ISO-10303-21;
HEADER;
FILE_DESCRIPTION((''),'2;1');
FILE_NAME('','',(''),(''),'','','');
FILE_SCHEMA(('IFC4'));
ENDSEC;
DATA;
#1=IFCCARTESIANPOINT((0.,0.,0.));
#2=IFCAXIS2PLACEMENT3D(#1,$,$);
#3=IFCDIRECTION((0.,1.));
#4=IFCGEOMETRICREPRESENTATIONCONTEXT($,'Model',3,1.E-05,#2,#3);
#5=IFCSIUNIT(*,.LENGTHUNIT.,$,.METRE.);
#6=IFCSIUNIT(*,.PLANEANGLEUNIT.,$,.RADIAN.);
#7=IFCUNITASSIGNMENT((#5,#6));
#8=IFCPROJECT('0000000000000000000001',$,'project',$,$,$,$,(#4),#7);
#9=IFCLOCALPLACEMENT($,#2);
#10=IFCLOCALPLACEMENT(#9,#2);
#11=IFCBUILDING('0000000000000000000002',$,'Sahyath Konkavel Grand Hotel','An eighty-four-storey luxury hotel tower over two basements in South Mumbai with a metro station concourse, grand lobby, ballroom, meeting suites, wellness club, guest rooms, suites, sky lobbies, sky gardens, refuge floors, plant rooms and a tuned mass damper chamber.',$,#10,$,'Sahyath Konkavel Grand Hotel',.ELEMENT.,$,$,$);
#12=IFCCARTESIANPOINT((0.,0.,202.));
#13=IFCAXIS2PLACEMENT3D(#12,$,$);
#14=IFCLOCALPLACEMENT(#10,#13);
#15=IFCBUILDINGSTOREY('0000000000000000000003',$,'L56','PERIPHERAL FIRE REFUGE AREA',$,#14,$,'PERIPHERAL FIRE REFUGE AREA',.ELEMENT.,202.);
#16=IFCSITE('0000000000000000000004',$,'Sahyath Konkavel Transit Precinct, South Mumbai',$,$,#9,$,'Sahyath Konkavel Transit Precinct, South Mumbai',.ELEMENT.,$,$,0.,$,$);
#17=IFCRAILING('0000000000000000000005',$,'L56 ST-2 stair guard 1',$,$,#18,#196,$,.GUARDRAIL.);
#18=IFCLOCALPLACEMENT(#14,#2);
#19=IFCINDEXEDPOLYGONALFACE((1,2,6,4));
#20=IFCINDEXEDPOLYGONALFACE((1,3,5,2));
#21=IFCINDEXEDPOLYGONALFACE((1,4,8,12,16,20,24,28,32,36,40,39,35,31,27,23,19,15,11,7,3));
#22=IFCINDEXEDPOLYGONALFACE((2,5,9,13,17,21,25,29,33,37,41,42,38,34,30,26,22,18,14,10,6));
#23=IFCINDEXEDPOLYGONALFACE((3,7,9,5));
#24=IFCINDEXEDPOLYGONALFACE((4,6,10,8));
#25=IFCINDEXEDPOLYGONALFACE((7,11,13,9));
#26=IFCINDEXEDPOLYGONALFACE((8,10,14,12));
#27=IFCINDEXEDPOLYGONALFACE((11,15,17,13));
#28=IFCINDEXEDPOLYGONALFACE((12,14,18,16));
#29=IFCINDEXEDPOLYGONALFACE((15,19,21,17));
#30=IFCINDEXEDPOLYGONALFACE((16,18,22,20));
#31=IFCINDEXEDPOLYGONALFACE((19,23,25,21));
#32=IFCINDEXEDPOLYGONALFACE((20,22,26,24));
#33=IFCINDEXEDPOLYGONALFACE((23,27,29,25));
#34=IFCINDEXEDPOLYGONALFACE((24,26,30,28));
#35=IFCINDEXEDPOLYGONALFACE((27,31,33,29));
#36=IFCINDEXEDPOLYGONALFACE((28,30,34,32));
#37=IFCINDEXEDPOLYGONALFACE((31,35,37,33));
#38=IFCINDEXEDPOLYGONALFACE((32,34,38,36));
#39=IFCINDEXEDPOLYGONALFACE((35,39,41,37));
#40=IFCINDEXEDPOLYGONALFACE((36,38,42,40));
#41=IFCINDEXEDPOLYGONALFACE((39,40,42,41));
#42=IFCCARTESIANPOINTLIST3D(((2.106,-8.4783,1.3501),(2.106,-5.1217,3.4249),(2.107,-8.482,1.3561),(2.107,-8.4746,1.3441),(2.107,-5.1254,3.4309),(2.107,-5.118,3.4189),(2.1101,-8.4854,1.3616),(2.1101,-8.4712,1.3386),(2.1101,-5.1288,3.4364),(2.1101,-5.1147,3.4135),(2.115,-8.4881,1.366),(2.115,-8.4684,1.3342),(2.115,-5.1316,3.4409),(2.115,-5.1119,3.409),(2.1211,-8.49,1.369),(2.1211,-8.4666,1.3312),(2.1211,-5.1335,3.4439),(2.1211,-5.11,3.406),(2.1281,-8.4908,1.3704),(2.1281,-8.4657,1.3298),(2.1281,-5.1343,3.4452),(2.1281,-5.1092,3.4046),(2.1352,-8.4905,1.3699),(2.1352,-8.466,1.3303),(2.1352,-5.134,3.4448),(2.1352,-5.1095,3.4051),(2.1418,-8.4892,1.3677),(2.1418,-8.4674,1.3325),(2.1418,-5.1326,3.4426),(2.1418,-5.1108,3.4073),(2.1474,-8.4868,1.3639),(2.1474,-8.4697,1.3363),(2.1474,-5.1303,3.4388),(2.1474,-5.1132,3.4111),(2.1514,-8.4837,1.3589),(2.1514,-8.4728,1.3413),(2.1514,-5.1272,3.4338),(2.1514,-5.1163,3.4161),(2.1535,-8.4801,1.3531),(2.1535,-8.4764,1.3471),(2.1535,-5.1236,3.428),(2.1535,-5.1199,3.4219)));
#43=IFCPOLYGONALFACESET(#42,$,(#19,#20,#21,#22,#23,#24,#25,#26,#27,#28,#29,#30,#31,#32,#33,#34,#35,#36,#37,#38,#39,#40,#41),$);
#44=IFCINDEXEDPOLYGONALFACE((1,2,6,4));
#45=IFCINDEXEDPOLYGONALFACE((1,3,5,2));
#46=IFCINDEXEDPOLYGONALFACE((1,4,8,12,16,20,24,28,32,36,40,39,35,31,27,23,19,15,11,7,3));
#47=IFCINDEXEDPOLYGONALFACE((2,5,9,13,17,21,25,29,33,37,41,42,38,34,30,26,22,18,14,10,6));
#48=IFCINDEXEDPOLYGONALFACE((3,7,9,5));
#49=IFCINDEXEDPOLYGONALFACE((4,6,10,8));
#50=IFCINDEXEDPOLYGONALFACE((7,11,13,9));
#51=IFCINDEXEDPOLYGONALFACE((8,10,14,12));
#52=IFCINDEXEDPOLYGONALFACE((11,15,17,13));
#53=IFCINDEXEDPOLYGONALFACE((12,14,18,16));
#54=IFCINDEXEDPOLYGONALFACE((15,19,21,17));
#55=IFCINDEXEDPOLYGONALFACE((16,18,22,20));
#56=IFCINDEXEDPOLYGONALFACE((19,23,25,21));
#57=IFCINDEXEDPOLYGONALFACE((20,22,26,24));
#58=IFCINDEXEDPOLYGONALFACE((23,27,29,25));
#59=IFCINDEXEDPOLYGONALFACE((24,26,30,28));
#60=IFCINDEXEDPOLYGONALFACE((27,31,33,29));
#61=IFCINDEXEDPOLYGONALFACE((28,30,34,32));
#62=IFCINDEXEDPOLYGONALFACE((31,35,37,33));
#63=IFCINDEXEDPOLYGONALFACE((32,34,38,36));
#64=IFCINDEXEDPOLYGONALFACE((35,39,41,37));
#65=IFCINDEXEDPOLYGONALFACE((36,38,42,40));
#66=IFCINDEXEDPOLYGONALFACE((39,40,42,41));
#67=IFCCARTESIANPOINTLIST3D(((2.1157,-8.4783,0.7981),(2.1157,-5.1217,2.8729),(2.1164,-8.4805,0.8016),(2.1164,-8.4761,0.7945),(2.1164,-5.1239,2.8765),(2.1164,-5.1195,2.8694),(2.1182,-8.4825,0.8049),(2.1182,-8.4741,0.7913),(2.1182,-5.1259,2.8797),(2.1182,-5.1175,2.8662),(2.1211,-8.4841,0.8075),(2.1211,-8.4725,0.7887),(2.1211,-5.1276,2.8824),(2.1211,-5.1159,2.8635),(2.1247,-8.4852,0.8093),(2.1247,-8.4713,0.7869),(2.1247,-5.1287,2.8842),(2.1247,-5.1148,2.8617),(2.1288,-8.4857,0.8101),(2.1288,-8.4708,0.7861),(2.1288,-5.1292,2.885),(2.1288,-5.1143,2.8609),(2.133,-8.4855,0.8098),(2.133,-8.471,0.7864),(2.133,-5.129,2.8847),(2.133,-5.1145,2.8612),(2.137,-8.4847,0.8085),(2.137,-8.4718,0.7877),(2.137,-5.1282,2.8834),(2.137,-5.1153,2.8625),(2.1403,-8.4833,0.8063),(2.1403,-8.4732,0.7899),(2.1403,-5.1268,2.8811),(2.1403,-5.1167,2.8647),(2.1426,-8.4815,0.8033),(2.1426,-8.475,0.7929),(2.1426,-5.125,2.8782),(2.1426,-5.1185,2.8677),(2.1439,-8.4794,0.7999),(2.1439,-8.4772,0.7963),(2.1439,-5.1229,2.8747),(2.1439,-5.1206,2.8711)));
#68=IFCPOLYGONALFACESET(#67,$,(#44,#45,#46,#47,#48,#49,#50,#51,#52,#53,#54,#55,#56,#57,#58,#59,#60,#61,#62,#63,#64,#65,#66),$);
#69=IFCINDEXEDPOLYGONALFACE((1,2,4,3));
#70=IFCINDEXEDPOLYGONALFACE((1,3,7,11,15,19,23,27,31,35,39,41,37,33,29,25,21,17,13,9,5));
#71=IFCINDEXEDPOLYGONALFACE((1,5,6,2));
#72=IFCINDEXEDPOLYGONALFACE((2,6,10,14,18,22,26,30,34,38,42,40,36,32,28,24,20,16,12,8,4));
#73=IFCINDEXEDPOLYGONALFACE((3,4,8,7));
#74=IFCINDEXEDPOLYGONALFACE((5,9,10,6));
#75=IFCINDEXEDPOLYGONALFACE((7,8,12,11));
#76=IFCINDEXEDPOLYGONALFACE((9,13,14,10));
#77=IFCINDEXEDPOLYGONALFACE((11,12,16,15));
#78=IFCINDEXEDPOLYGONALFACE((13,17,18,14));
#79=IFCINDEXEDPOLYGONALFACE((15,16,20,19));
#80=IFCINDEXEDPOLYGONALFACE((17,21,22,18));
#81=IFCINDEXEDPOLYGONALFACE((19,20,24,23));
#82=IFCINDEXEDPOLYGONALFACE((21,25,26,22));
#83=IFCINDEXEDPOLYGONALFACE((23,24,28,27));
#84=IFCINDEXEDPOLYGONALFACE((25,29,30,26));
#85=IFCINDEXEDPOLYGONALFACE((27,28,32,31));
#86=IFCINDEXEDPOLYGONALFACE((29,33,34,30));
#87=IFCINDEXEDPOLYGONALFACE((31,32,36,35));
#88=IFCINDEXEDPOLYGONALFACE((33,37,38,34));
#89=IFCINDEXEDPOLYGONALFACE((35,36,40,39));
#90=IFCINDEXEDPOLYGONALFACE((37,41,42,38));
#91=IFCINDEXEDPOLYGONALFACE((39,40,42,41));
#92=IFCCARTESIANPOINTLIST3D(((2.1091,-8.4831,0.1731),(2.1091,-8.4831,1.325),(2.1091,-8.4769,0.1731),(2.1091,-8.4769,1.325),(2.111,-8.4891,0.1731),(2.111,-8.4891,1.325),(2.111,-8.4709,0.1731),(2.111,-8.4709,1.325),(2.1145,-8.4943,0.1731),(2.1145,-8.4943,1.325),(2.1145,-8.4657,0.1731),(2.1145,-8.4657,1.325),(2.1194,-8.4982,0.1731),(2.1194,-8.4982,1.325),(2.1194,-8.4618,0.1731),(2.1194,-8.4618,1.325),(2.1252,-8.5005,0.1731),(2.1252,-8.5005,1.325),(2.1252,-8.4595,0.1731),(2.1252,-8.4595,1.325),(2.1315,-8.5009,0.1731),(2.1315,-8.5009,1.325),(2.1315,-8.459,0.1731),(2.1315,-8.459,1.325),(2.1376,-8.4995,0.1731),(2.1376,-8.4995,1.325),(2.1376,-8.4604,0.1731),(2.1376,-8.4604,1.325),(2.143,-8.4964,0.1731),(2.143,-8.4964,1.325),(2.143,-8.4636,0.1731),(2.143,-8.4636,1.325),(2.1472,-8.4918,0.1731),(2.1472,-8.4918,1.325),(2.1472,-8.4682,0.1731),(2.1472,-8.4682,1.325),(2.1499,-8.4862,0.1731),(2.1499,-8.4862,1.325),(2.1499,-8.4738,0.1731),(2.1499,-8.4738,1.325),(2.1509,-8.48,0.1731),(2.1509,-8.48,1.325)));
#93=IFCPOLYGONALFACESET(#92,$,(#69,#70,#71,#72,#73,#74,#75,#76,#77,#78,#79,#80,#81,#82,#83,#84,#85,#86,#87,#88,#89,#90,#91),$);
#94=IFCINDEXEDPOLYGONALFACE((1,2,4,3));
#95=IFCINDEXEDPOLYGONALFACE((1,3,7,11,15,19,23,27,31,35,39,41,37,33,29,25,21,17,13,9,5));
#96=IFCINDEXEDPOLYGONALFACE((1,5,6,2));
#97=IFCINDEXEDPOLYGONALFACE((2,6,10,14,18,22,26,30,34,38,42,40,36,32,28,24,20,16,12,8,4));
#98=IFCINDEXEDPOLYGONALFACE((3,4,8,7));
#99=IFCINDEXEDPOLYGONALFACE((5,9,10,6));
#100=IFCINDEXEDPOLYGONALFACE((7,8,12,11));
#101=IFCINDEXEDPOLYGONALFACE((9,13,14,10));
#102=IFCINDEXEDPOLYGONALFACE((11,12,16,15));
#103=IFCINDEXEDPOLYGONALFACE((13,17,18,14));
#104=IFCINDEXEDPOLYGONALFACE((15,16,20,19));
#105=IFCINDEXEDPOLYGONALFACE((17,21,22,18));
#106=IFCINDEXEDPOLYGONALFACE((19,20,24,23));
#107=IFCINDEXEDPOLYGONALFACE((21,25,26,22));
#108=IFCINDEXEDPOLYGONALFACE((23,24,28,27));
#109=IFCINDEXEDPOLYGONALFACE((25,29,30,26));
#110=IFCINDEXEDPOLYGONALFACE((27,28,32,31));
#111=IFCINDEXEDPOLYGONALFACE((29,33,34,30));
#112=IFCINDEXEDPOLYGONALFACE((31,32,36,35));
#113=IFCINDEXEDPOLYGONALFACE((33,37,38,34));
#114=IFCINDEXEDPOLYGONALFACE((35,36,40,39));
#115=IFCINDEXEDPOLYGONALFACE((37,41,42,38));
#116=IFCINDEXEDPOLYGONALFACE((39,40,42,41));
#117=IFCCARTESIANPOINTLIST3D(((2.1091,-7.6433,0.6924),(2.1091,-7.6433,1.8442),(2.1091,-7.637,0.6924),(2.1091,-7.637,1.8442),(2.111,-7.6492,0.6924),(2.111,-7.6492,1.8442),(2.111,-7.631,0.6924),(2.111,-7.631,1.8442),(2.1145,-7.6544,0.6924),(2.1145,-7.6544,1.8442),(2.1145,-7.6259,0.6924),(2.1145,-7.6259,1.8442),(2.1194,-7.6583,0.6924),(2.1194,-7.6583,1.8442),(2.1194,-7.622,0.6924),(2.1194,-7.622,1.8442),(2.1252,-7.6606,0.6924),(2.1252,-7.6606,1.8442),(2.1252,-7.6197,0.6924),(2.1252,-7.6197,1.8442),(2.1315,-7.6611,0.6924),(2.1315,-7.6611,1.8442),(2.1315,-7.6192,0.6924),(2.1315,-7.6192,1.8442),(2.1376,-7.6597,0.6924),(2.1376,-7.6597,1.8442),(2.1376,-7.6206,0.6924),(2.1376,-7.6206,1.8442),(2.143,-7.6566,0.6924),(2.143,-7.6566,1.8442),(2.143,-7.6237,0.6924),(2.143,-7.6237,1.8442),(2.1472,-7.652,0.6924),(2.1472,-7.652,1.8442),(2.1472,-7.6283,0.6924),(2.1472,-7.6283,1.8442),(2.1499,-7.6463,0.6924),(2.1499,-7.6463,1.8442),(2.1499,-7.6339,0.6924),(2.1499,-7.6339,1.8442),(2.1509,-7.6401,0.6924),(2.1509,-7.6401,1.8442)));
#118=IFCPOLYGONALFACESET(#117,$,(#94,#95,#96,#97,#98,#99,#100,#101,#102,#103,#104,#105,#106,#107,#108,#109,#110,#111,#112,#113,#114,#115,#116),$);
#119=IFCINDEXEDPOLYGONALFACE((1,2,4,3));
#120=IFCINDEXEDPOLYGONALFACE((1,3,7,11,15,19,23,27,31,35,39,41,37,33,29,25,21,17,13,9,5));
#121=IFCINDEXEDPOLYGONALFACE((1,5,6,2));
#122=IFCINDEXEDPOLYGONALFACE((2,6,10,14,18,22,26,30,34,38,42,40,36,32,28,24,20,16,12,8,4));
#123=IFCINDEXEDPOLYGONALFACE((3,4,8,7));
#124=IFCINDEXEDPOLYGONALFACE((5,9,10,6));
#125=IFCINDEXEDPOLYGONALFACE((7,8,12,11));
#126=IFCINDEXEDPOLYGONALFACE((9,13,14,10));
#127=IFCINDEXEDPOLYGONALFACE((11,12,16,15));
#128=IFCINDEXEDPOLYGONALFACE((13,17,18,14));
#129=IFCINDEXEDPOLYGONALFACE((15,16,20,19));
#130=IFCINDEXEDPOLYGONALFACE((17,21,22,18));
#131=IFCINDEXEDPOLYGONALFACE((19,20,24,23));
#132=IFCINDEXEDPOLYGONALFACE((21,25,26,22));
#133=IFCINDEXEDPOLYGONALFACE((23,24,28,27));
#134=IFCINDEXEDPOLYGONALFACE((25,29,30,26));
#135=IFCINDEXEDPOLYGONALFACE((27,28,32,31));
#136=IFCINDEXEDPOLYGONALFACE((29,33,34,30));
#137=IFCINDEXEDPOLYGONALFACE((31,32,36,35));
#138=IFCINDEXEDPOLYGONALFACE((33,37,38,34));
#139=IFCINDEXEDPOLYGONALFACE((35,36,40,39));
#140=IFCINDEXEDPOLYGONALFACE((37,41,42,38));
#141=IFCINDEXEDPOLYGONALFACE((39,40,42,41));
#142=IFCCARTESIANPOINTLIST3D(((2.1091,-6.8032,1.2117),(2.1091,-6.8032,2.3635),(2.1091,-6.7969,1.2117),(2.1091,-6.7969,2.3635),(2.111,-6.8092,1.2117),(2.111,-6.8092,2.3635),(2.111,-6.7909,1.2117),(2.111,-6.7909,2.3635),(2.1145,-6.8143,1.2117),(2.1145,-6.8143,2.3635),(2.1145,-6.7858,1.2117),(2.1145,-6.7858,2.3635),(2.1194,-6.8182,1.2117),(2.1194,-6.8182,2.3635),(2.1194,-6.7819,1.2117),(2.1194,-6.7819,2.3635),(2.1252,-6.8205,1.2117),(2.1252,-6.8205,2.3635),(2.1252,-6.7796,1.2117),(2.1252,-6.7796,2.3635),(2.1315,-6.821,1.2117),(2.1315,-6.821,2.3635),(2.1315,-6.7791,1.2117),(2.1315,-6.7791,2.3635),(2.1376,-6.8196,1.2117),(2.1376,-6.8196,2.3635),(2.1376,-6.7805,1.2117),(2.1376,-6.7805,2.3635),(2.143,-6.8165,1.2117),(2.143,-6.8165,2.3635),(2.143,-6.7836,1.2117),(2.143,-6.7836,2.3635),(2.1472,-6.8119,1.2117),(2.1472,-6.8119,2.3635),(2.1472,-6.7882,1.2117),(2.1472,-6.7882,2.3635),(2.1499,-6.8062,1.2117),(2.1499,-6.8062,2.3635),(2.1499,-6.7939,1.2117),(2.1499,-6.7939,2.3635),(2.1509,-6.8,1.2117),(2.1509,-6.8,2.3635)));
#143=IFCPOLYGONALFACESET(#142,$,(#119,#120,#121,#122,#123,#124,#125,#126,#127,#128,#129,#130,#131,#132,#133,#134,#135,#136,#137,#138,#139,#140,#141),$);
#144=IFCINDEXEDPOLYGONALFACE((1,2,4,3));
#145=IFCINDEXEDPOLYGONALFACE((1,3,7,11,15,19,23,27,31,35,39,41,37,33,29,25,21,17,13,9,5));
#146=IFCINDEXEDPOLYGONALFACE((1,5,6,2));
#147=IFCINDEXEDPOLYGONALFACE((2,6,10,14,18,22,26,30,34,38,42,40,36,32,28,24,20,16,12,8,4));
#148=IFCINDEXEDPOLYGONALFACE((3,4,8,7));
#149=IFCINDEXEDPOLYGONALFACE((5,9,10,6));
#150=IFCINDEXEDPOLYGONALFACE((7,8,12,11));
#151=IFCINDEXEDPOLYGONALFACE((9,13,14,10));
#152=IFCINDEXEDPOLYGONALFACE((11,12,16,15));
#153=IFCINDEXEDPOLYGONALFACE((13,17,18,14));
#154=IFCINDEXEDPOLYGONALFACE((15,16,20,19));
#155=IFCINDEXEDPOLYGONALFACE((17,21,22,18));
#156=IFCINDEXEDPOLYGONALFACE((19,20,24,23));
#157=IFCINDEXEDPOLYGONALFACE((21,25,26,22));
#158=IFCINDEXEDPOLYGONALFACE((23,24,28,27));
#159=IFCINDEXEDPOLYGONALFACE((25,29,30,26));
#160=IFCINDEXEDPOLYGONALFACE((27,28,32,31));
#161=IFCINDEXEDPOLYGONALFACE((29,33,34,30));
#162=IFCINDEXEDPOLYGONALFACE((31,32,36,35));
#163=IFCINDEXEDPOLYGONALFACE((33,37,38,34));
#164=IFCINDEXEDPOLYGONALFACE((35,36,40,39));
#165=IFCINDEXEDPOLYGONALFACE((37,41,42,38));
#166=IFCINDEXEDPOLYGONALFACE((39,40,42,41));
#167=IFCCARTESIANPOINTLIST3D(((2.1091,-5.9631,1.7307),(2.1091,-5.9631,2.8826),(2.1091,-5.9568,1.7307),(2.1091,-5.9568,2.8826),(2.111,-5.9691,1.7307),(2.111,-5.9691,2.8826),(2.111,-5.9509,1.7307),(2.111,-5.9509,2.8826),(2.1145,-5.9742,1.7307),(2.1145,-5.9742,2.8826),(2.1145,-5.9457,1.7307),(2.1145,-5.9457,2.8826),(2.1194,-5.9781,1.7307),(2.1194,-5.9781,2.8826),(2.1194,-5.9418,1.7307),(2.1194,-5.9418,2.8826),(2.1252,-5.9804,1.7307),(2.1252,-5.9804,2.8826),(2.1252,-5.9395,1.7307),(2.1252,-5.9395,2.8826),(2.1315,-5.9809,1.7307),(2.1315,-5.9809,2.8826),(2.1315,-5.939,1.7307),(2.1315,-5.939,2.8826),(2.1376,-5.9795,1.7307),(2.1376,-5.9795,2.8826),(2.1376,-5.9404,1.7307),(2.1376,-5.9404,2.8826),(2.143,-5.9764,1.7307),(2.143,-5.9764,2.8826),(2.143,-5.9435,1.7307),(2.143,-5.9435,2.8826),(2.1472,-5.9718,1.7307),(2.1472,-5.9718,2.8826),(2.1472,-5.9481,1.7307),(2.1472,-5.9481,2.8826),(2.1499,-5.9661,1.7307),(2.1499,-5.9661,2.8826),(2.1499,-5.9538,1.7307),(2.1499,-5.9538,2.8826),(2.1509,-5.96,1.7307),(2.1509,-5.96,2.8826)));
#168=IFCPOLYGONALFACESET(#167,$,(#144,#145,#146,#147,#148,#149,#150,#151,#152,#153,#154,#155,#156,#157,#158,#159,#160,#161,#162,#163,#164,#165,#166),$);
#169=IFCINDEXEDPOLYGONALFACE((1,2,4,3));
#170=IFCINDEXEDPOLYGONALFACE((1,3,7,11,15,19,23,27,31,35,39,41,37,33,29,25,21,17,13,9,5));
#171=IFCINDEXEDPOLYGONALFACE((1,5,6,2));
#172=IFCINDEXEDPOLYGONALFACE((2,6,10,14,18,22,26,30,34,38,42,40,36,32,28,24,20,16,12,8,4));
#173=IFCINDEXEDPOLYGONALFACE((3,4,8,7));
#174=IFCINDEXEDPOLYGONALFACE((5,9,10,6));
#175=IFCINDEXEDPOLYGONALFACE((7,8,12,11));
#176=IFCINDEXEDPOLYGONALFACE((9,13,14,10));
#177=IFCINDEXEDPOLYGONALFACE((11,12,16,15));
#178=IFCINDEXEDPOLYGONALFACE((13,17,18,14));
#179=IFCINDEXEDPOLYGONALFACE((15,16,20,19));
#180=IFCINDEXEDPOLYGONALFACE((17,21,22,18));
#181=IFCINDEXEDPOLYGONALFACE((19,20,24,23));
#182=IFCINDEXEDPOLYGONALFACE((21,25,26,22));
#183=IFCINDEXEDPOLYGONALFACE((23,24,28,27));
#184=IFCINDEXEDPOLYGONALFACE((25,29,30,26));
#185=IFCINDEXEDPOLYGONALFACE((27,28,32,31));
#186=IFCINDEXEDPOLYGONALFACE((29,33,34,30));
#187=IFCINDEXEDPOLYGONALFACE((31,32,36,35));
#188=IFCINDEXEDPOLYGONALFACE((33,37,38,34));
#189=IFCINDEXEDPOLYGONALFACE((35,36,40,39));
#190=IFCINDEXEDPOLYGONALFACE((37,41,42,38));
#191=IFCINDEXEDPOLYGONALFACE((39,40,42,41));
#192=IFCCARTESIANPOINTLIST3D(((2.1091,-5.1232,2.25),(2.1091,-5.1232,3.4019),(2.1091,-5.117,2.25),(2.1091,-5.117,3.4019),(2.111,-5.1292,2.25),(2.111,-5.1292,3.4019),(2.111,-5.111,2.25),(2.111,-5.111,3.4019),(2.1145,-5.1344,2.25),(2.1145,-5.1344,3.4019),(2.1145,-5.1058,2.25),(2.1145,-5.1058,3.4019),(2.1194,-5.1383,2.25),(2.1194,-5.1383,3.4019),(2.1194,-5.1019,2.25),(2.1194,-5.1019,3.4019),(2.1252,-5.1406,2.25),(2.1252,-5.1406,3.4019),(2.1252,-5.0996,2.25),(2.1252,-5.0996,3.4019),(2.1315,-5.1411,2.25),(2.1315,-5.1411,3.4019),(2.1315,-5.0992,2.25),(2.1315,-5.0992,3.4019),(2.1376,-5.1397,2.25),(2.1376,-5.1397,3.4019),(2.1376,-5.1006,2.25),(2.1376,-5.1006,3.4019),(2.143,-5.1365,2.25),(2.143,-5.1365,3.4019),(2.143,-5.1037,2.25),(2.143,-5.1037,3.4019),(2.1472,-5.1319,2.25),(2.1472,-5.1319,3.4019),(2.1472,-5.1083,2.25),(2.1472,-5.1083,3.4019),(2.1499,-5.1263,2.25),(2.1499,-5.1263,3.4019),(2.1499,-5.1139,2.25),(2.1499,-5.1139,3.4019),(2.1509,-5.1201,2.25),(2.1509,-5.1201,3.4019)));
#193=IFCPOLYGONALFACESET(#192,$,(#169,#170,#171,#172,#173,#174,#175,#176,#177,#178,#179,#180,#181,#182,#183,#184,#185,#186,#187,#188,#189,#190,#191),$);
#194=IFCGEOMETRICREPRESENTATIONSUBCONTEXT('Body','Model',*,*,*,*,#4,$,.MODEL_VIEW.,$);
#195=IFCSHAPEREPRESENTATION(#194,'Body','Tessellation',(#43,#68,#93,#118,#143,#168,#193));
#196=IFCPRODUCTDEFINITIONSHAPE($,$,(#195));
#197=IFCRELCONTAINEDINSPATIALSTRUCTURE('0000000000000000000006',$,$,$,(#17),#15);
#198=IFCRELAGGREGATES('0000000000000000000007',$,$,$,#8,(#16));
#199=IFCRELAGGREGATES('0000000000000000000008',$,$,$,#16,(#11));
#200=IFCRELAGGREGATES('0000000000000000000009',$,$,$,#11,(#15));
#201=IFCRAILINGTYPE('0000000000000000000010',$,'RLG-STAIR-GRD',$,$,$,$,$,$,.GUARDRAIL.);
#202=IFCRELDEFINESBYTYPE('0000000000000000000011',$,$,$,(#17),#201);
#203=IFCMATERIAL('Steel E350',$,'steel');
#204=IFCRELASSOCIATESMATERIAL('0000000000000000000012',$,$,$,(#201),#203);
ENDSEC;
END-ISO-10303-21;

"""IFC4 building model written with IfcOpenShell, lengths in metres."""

from ifc_helpers import new_model, si_unit, direction, frame, origin, origin_2d, place, context, subcontext, project, spatial, circle, extrude, material, type_object, element, save


model = new_model("IFC4")

# Units and contexts
model_context = context("Model", 3, precision=1e-05, world=origin(), true_north=direction((0.0, 1.0)))
body_context = subcontext(model_context, "Body", "Model", "MODEL_VIEW")
ifc_project = project(units=[si_unit("LENGTHUNIT", "METRE"), si_unit("PLANEANGLEUNIT", "RADIAN")], contexts=[model_context])

# Site, building, storey
site_placement = place(None, origin())
site = spatial("IfcSite", under=ifc_project, at=site_placement, Name="Sahyath Konkavel Transit Precinct, South Mumbai", LongName="Sahyath Konkavel Transit Precinct, South Mumbai", CompositionType="ELEMENT", RefElevation=0.0)
building_placement = place(site_placement, origin())
building = spatial("IfcBuilding", under=site, at=building_placement, Name="Sahyath Konkavel Grand Hotel", Description="An eighty-four-storey luxury hotel tower over two basements in South Mumbai with a metro station concourse, grand lobby, ballroom, meeting suites, wellness club, guest rooms, suites, sky lobbies, sky gardens, refuge floors, plant rooms and a tuned mass damper chamber.", LongName="Sahyath Konkavel Grand Hotel", CompositionType="ELEMENT")
storey_placement = place(building_placement, frame((0.0, 0.0, 202.0)))
storey = spatial("IfcBuildingStorey", under=building, at=storey_placement, Name="L56", Description="PERIPHERAL FIRE REFUGE AREA", LongName="PERIPHERAL FIRE REFUGE AREA", CompositionType="ELEMENT", Elevation=202.0)

# Shared definitions
ifc_material_1 = material(Name="Steel E350", Category="steel")

# Railing
railing_type_1 = type_object("IfcRailingType", Name="RLG-STAIR-GRD", PredefinedType="GUARDRAIL", material=ifc_material_1)
railing_1_placement = place(storey_placement, frame((2.1299, -8.48, 0.1731)))
element("IfcRailing", 1, at=railing_1_placement, inside=storey, type_object=railing_type_1, Name="L56 ST-2 stair guard 1", PredefinedType="GUARDRAIL", context=body_context, shape_type="SweptSolid", body=[
    extrude(circle(Radius=0.0239, at=origin_2d()), frame((0.0, 0.0017, 1.177), z_axis=(0.0, 0.850606, 0.525803), x_axis=(-1.0, 0.0, 0.0)), (0.0, 0.0, 1.0), 3.946),
    extrude(circle(Radius=0.0142, at=origin_2d()), frame((0.0, 0.0017, 0.625), z_axis=(0.0, 0.850606, 0.525803), x_axis=(-1.0, 0.0, 0.0)), (0.0, 0.0, 1.0), 3.946),
    extrude(circle(Radius=0.021, at=origin_2d()), origin(), (0.0, 0.0, 1.0), 1.1519),
    extrude(circle(Radius=0.021, at=origin_2d()), frame((0.0, 0.8398, 0.5193)), (0.0, 0.0, 1.0), 1.1519),
    extrude(circle(Radius=0.021, at=origin_2d()), frame((0.0, 1.6799, 1.0386)), (0.0, 0.0, 1.0), 1.1519),
    extrude(circle(Radius=0.021, at=origin_2d()), frame((0.0, 2.52, 1.5576)), (0.0, 0.0, 1.0), 1.1519),
    extrude(circle(Radius=0.021, at=origin_2d()), frame((0.0, 3.3599, 2.0769)), (0.0, 0.0, 1.0), 1.1519),
])

save(model, "model.ifc")
